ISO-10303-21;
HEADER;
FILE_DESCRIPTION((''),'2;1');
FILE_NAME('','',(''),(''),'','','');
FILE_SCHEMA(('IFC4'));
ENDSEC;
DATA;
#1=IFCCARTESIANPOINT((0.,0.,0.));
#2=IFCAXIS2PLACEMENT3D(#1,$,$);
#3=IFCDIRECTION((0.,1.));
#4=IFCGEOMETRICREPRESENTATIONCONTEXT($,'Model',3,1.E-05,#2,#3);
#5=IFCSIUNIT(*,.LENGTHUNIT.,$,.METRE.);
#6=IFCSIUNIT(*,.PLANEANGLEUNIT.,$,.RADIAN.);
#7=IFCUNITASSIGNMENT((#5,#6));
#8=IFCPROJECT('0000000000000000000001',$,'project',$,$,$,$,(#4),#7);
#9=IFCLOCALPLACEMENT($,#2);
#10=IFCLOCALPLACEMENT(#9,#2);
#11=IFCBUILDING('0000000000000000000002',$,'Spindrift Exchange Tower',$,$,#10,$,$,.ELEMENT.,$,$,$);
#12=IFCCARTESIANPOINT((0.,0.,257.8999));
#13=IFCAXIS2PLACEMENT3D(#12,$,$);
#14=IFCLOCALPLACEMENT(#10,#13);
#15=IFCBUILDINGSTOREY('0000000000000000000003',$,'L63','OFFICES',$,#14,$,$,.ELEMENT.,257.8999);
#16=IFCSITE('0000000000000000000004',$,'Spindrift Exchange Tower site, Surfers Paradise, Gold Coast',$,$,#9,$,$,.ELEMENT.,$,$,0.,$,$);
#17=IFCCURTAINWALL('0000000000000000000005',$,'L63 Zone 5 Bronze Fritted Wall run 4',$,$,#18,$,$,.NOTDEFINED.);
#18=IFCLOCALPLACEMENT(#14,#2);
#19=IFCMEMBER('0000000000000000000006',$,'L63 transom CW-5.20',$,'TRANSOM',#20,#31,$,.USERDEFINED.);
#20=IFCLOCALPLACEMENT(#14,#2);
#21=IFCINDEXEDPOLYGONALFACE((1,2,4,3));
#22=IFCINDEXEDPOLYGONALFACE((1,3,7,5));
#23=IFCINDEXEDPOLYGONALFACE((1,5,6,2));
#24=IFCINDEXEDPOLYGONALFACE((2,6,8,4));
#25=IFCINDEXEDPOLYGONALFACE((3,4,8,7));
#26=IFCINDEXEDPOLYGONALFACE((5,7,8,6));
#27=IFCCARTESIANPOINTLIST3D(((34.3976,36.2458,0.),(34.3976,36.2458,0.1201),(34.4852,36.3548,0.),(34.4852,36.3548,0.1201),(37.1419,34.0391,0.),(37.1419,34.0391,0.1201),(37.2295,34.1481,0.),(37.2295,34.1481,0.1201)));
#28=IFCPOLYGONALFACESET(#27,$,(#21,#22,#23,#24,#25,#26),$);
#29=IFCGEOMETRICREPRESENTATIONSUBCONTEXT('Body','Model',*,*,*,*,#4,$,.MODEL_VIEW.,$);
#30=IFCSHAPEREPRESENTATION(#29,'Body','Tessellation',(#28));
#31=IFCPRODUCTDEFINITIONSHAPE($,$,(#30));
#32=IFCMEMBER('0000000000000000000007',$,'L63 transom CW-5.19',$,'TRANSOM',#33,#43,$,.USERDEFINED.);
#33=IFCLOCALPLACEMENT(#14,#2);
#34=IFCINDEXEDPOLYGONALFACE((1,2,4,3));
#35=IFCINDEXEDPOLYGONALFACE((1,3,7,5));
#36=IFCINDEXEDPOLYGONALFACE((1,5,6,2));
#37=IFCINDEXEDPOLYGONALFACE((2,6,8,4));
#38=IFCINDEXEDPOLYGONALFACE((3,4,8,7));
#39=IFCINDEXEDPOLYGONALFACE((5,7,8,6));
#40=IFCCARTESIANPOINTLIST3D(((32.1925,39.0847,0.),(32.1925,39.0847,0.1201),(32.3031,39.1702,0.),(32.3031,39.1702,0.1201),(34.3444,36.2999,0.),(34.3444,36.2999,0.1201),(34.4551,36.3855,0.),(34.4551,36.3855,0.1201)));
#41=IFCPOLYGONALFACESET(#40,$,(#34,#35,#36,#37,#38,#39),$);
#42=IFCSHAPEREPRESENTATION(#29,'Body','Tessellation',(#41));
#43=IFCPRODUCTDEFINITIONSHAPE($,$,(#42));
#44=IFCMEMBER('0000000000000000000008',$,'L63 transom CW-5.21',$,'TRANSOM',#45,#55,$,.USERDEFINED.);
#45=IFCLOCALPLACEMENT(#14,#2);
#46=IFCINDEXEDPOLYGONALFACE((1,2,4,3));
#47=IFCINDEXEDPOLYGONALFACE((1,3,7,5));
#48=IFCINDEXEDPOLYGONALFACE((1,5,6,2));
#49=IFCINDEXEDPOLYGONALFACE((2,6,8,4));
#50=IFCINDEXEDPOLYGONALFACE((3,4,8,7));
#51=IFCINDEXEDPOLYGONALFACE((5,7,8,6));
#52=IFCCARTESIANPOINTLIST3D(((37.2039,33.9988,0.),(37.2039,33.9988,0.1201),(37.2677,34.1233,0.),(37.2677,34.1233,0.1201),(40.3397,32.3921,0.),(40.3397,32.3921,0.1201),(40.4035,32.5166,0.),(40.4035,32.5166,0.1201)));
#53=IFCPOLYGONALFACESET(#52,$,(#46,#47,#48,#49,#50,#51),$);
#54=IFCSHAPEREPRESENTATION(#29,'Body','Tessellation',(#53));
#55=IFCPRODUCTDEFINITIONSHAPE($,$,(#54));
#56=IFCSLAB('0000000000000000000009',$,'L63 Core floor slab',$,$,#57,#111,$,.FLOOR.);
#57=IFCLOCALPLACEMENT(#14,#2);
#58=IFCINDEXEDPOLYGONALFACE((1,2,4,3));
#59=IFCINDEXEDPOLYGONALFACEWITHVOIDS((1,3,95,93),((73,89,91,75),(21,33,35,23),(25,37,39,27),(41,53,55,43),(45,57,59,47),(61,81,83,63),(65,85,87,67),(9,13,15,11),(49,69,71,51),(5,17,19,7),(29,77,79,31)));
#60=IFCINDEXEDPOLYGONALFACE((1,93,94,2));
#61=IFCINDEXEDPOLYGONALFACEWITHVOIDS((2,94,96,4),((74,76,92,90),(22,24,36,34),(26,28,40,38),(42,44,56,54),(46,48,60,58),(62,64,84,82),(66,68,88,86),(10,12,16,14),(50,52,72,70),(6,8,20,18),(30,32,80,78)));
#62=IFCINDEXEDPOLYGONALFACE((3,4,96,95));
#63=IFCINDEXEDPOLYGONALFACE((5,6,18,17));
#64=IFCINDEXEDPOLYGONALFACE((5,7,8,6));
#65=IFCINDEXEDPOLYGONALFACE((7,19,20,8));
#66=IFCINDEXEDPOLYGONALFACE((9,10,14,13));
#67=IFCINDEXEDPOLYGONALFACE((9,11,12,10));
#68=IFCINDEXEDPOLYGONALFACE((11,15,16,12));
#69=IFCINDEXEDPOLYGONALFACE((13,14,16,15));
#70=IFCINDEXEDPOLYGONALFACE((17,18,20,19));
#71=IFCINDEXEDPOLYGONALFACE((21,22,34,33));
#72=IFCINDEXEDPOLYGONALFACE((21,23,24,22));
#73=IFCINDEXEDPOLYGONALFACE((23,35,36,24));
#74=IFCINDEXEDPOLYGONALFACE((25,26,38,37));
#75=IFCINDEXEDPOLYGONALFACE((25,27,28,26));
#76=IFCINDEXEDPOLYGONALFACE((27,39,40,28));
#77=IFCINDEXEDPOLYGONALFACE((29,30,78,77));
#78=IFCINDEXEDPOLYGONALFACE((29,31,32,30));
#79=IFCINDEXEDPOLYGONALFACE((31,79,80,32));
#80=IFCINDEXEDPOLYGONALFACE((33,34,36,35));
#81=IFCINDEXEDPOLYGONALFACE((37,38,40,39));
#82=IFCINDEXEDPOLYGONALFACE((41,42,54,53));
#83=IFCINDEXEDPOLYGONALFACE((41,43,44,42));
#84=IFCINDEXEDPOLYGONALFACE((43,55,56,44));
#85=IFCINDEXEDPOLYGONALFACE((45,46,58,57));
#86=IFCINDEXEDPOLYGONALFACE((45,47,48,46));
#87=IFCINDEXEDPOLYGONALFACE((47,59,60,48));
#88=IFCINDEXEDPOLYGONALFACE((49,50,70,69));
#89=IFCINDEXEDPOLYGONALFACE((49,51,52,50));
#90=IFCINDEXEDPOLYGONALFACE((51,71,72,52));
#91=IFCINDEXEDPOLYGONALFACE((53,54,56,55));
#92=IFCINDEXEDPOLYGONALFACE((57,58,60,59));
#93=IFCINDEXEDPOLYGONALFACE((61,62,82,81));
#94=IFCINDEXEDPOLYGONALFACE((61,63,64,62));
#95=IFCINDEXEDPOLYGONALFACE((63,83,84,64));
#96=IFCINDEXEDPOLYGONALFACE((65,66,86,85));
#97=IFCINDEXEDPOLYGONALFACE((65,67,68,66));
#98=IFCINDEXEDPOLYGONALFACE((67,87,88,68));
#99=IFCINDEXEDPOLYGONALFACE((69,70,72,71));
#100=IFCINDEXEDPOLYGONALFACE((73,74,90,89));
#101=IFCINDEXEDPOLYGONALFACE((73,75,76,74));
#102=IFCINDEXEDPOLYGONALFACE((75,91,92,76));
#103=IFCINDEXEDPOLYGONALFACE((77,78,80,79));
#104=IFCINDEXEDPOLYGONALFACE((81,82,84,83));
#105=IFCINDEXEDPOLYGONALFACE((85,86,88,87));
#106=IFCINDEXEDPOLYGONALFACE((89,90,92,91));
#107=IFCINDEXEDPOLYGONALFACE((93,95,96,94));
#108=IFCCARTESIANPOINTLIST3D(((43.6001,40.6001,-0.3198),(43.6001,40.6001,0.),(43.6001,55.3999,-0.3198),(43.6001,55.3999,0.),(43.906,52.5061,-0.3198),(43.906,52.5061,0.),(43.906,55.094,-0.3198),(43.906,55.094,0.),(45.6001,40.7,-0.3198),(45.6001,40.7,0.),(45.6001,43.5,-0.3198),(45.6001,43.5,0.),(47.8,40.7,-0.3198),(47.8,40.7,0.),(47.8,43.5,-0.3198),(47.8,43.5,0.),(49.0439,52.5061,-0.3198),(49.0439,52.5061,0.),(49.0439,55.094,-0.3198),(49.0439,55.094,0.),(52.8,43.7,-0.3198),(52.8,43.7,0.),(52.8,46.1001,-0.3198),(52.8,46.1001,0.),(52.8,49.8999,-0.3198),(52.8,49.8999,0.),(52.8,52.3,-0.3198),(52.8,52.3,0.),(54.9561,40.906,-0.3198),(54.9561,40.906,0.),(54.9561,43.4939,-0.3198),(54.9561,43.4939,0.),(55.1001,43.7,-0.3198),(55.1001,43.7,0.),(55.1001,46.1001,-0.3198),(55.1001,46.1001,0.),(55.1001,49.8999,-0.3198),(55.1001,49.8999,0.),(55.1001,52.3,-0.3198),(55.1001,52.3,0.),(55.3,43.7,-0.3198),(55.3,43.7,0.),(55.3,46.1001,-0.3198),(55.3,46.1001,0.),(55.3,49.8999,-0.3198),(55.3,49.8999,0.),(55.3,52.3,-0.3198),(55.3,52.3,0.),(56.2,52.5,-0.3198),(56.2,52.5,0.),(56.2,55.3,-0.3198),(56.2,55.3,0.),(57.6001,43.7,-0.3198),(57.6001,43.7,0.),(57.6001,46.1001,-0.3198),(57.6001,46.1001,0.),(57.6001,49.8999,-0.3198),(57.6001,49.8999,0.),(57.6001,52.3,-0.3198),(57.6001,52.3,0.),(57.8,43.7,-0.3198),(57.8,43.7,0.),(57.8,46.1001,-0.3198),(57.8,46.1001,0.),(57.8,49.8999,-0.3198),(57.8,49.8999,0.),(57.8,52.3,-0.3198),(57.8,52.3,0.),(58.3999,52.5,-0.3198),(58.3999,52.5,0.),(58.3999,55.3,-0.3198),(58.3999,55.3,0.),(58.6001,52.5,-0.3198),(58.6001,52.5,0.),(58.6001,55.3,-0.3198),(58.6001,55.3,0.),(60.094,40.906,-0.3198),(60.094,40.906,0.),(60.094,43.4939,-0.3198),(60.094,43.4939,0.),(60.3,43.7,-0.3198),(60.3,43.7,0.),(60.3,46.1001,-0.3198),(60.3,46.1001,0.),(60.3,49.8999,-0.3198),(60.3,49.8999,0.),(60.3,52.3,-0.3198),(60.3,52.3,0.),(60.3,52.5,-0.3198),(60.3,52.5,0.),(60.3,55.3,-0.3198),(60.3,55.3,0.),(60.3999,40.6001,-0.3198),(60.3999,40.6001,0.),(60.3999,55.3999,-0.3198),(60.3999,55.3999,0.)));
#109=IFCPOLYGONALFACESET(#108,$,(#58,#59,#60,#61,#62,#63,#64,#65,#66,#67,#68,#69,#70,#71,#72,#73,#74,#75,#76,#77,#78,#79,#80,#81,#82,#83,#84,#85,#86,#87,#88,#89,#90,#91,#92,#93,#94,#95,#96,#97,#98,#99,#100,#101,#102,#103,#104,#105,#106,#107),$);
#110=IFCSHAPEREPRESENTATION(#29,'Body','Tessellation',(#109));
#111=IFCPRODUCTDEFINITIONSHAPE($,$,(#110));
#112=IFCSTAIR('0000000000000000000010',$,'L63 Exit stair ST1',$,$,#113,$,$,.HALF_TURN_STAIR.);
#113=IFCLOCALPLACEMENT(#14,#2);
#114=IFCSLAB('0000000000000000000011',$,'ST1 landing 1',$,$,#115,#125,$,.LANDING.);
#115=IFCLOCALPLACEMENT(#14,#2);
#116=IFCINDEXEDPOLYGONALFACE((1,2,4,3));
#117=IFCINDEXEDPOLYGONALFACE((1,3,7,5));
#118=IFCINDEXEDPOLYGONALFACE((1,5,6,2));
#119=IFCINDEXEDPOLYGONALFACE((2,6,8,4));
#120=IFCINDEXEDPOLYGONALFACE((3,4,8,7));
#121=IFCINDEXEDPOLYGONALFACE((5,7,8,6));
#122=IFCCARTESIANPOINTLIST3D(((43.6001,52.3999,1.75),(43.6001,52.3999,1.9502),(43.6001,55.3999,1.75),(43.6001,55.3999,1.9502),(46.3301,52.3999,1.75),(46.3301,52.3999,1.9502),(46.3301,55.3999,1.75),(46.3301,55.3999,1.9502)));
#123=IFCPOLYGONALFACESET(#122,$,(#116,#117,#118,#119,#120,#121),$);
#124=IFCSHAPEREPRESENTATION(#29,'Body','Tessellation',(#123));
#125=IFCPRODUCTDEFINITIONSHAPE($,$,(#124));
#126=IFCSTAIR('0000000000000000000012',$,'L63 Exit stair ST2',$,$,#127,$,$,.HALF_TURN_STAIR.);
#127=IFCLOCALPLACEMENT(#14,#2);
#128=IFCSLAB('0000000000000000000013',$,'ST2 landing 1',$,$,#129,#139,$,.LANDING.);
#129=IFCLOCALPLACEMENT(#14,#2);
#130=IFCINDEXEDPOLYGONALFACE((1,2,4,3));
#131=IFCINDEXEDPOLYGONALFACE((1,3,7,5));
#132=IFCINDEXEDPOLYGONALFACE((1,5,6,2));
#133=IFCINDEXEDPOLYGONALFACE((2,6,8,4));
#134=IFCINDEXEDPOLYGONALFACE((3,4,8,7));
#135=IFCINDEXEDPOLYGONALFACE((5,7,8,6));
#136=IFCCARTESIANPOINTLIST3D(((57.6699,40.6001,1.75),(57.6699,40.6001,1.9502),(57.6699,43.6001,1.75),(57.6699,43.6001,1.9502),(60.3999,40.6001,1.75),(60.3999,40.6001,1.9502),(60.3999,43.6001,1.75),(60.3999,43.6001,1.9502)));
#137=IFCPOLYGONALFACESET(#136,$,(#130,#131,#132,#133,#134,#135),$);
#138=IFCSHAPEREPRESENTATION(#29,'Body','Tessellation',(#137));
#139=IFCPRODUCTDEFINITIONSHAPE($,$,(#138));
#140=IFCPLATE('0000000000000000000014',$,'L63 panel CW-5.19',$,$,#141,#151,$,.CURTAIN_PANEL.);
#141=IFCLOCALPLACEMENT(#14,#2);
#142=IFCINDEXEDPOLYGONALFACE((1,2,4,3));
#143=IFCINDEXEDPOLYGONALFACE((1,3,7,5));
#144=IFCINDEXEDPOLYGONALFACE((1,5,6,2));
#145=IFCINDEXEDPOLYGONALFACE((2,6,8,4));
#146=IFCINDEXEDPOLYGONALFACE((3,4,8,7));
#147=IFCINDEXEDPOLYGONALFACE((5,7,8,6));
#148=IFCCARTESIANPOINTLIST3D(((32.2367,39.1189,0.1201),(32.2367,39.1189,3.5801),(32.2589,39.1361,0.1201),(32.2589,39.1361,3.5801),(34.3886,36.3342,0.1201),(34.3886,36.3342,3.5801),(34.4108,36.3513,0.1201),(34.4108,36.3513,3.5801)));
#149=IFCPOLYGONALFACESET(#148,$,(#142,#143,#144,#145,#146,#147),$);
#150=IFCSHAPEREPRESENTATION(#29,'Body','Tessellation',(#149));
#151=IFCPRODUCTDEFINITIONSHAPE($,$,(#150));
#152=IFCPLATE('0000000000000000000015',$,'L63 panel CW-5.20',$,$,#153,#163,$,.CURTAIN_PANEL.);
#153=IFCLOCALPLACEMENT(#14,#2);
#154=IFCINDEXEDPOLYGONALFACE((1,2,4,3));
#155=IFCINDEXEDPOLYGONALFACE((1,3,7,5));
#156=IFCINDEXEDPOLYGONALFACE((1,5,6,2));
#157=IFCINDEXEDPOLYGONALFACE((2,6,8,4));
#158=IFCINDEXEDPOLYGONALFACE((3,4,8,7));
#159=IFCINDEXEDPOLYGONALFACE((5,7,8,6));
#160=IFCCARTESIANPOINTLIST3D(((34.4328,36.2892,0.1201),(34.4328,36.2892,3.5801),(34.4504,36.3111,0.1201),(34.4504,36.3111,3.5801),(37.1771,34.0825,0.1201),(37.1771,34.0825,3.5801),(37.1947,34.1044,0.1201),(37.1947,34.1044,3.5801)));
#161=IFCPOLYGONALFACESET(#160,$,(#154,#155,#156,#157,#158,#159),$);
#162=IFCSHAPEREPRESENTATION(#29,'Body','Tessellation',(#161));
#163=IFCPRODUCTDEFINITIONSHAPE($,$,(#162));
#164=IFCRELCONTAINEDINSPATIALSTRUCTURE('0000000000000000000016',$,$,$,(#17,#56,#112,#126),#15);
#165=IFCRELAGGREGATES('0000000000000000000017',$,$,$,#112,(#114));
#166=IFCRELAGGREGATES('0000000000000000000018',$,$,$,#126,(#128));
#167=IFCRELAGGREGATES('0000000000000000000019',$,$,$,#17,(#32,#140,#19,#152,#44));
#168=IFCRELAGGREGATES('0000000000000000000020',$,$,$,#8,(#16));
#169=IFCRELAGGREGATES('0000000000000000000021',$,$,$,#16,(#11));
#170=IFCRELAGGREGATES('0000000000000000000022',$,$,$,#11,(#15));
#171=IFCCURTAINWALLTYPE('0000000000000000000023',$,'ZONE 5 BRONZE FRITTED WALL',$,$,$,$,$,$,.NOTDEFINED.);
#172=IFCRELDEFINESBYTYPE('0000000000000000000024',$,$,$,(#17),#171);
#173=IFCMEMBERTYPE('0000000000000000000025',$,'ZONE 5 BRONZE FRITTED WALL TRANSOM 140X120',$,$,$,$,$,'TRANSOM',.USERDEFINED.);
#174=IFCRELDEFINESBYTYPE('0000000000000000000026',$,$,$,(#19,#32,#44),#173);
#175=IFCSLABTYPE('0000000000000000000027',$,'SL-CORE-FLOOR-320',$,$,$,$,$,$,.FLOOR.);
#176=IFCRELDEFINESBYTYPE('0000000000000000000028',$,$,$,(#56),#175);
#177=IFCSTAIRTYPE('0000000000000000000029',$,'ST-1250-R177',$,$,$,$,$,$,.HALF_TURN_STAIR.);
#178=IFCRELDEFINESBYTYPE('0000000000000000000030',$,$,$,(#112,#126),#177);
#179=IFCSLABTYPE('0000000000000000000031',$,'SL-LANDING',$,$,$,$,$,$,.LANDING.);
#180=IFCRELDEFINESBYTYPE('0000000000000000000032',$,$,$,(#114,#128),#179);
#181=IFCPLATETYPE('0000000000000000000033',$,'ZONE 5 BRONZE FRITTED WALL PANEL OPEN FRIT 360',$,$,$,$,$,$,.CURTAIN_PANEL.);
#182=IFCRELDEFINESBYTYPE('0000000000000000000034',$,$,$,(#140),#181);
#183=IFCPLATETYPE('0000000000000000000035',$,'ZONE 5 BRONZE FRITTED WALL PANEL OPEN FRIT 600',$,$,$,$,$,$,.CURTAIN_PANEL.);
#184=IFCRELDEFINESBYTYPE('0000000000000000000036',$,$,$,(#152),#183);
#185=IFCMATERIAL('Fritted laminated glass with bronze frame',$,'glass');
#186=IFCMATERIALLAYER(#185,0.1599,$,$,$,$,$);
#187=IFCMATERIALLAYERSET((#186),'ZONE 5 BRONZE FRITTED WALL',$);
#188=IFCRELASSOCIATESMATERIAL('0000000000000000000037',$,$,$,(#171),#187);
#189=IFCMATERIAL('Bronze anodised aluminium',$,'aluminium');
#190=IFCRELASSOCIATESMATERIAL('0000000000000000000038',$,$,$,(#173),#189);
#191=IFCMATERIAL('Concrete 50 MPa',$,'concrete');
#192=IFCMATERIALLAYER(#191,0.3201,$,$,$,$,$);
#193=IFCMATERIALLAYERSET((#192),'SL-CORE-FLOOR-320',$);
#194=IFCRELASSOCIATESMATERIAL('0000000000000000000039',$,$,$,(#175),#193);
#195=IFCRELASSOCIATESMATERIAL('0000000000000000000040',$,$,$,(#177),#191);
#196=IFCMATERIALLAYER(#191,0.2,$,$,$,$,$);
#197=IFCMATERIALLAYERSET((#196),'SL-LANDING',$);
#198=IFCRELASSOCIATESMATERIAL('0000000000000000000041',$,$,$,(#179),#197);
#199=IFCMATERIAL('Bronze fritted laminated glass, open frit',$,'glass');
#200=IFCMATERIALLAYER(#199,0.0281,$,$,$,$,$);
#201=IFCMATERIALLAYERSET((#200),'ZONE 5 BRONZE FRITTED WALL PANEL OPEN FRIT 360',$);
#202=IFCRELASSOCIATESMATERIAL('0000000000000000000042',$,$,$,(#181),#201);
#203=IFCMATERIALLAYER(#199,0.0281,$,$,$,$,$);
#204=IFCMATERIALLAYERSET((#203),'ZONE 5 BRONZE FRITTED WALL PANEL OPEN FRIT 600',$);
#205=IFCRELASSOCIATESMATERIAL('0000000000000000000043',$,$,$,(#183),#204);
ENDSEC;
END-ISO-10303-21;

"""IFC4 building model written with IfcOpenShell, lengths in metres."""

from ifc_helpers import new_model, si_unit, direction, frame, origin, origin_2d, place, context, subcontext, project, spatial, line, indexed_curve, rectangle, outline, extrude, source, transform, mapped, material, layer, layer_set, material_profile, profile_set, type_object, element, aggregate, save


model = new_model("IFC4")

# Units and contexts
model_context = context("Model", 3, precision=1e-05, world=origin(), true_north=direction((0.0, 1.0)))
body_context = subcontext(model_context, "Body", "Model", "MODEL_VIEW")
ifc_project = project(units=[si_unit("LENGTHUNIT", "METRE"), si_unit("PLANEANGLEUNIT", "RADIAN")], contexts=[model_context])

# Site, building, storey
site_placement = place(None, origin())
site = spatial("IfcSite", under=ifc_project, at=site_placement, Name="Spindrift Exchange Tower site, Surfers Paradise, Gold Coast", CompositionType="ELEMENT", RefElevation=0.0)
building_placement = place(site_placement, origin())
building = spatial("IfcBuilding", under=site, at=building_placement, Name="Spindrift Exchange Tower", CompositionType="ELEMENT")
storey_placement = place(building_placement, frame((0.0, 0.0, 257.8999)))
storey = spatial("IfcBuildingStorey", under=building, at=storey_placement, Name="L63", Description="OFFICES", CompositionType="ELEMENT", Elevation=257.8999)

# Curtain wall, members
ifc_material_1 = material(Name="Fritted laminated glass with bronze frame", Category="glass")
ifc_layer_1 = layer(ifc_material_1, 0.1599)
ifc_layer_set_1 = layer_set([ifc_layer_1], Name="ZONE 5 BRONZE FRITTED WALL")
curtain_wall_type = type_object("IfcCurtainWallType", Name="ZONE 5 BRONZE FRITTED WALL", PredefinedType="NOTDEFINED", material=ifc_layer_set_1)
curtain_wall_placement = place(storey_placement, origin())
curtain_wall = element("IfcCurtainWall", 1, at=curtain_wall_placement, inside=storey, type_object=curtain_wall_type, Name="L63 Zone 5 Bronze Fritted Wall run 4", PredefinedType="NOTDEFINED")
ifc_material_2 = material(Name="Bronze anodised aluminium", Category="aluminium")
ifc_material_profile_1 = material_profile(ifc_material_2, rectangle(XDim=0.1399, YDim=0.1201, at=origin_2d()), Name="ZONE 5 BRONZE FRITTED WALL TRANSOM 140X120")
ifc_profile_set_1 = profile_set([ifc_material_profile_1], Name="Bronze anodised aluminium")
member_type_1 = type_object("IfcMemberType", Name="ZONE 5 BRONZE FRITTED WALL TRANSOM 140X120", ElementType="TRANSOM", PredefinedType="USERDEFINED", material=ifc_profile_set_1)
shared_shape_1 = source(origin(), body_context, "Body", "SweptSolid", [
    extrude(rectangle(XDim=0.1399, YDim=0.1201, at=origin_2d()), origin(), (0.0, 0.0, 1.0), 3.5215),
])
member_1_placement = place(storey_placement, frame((34.4414, 36.3003, 0.0601), z_axis=(0.779304, -0.626646, 0.0), x_axis=(0.626646, 0.779304, 0.0)))
member_1 = element("IfcMember", 2, at=member_1_placement, type_object=member_type_1, Name="L63 transom CW-5.20", ObjectType="TRANSOM", PredefinedType="USERDEFINED", context=body_context, shape_type="MappedRepresentation", body=[
    mapped(shared_shape_1, transform((0.0, 0.0, 0.0), scale=1.0)),
])
shared_shape_2 = source(origin(), body_context, "Body", "SweptSolid", [
    extrude(rectangle(XDim=0.1399, YDim=0.1201, at=origin_2d()), origin(), (0.0, 0.0, 1.0), 3.5193),
])
member_2_placement = place(storey_placement, frame((32.2478, 39.1274, 0.0601), z_axis=(0.611459, -0.791276, 0.0), x_axis=(0.791276, 0.611459, 0.0)))
member_2 = element("IfcMember", 3, at=member_2_placement, type_object=member_type_1, Name="L63 transom CW-5.19", ObjectType="TRANSOM", PredefinedType="USERDEFINED", context=body_context, shape_type="MappedRepresentation", body=[
    mapped(shared_shape_2, transform((0.0, 0.0, 0.0), scale=1.0)),
])
shared_shape_3 = source(origin(), body_context, "Body", "SweptSolid", [
    extrude(rectangle(XDim=0.1399, YDim=0.1201, at=origin_2d()), origin(), (0.0, 0.0, 1.0), 3.5234),
])
member_3_placement = place(storey_placement, frame((37.2358, 34.061, 0.0601), z_axis=(0.889977, -0.456006, 0.0), x_axis=(0.456006, 0.889977, 0.0)))
member_3 = element("IfcMember", 4, at=member_3_placement, type_object=member_type_1, Name="L63 transom CW-5.21", ObjectType="TRANSOM", PredefinedType="USERDEFINED", context=body_context, shape_type="MappedRepresentation", body=[
    mapped(shared_shape_3, transform((0.0, 0.0, 0.0), scale=1.0)),
])

# Slab
ifc_material_3 = material(Name="Concrete 50 MPa", Category="concrete")
ifc_layer_2 = layer(ifc_material_3, 0.3201)
ifc_layer_set_2 = layer_set([ifc_layer_2], Name="SL-CORE-FLOOR-320")
slab_type_1 = type_object("IfcSlabType", Name="SL-CORE-FLOOR-320", PredefinedType="FLOOR", material=ifc_layer_set_2)
slab_1_placement = place(storey_placement, frame((0.0, 0.0, -0.3198)))
element("IfcSlab", 5, at=slab_1_placement, inside=storey, type_object=slab_type_1, Name="L63 Core floor slab", PredefinedType="FLOOR", context=body_context, shape_type="SweptSolid", body=[
    extrude(outline(indexed_curve([(43.6001, 40.6001), (43.6001, 55.3999), (60.3999, 55.3999), (60.3999, 40.6001)], segments=[line(1, 2, 3, 4, 1)], self_intersect=False), holes=[indexed_curve([(45.6001, 43.5), (45.6001, 40.7), (47.8, 40.7), (47.8, 43.5)], segments=[line(1, 2, 3, 4, 1)], self_intersect=False), indexed_curve([(52.8, 46.1001), (52.8, 43.7), (55.1001, 43.7), (55.1001, 46.1001)], segments=[line(1, 2, 3, 4, 1)], self_intersect=False), indexed_curve([(55.3, 46.1001), (55.3, 43.7), (57.6001, 43.7), (57.6001, 46.1001)], segments=[line(1, 2, 3, 4, 1)], self_intersect=False), indexed_curve([(55.1001, 52.3), (52.8, 52.3), (52.8, 49.8999), (55.1001, 49.8999)], segments=[line(1, 2, 3, 4, 1)], self_intersect=False), indexed_curve([(57.6001, 52.3), (55.3, 52.3), (55.3, 49.8999), (57.6001, 49.8999)], segments=[line(1, 2, 3, 4, 1)], self_intersect=False), indexed_curve([(43.906, 52.5061), (49.0439, 52.5061), (49.0439, 55.094), (43.906, 55.094)], segments=[line(1, 2, 3, 4, 1)], self_intersect=False), indexed_curve([(60.094, 40.906), (60.094, 43.4939), (54.9561, 43.4939), (54.9561, 40.906)], segments=[line(1, 2, 3, 4, 1)], self_intersect=False), indexed_curve([(60.3, 46.1001), (57.8, 46.1001), (57.8, 43.7), (60.3, 43.7)], segments=[line(1, 2, 3, 4, 1)], self_intersect=False), indexed_curve([(57.8, 52.3), (57.8, 49.8999), (60.3, 49.8999), (60.3, 52.3)], segments=[line(1, 2, 3, 4, 1)], self_intersect=False), indexed_curve([(58.3999, 55.3), (56.2, 55.3), (56.2, 52.5), (58.3999, 52.5)], segments=[line(1, 2, 3, 4, 1)], self_intersect=False), indexed_curve([(60.3, 55.3), (58.6001, 55.3), (58.6001, 52.5), (60.3, 52.5)], segments=[line(1, 2, 3, 4, 1)], self_intersect=False)]), origin(), (0.0, 0.0, 1.0), 0.3198),
])

# Stairs, slabs
stair_type = type_object("IfcStairType", Name="ST-1250-R177", PredefinedType="HALF_TURN_STAIR", material=ifc_material_3)
stair_1_placement = place(storey_placement, origin())
stair_1 = element("IfcStair", 6, at=stair_1_placement, inside=storey, type_object=stair_type, Name="L63 Exit stair ST1", PredefinedType="HALF_TURN_STAIR")
ifc_layer_3 = layer(ifc_material_3, 0.2)
ifc_layer_set_3 = layer_set([ifc_layer_3], Name="SL-LANDING")
slab_type_2 = type_object("IfcSlabType", Name="SL-LANDING", PredefinedType="LANDING", material=ifc_layer_set_3)
slab_2_placement = place(storey_placement, frame((0.0, 0.0, 1.75)))
slab_2 = element("IfcSlab", 7, at=slab_2_placement, type_object=slab_type_2, Name="ST1 landing 1", PredefinedType="LANDING", context=body_context, shape_type="SweptSolid", body=[
    extrude(outline(indexed_curve([(46.3301, 52.3999), (43.6001, 52.3999), (43.6001, 55.3999), (46.3301, 55.3999)], segments=[line(1, 2, 3, 4, 1)], self_intersect=False)), origin(), (0.0, 0.0, 1.0), 0.2002),
])
aggregate(stair_1, [slab_2])
stair_2_placement = place(storey_placement, origin())
stair_2 = element("IfcStair", 8, at=stair_2_placement, inside=storey, type_object=stair_type, Name="L63 Exit stair ST2", PredefinedType="HALF_TURN_STAIR")
slab_3_placement = place(storey_placement, frame((0.0, 0.0, 1.75)))
slab_3 = element("IfcSlab", 9, at=slab_3_placement, type_object=slab_type_2, Name="ST2 landing 1", PredefinedType="LANDING", context=body_context, shape_type="SweptSolid", body=[
    extrude(outline(indexed_curve([(57.6699, 43.6001), (60.3999, 43.6001), (60.3999, 40.6001), (57.6699, 40.6001)], segments=[line(1, 2, 3, 4, 1)], self_intersect=False)), origin(), (0.0, 0.0, 1.0), 0.2002),
])
aggregate(stair_2, [slab_3])

# Plates
ifc_material_4 = material(Name="Bronze fritted laminated glass, open frit", Category="glass")
ifc_layer_4 = layer(ifc_material_4, 0.0281)
ifc_layer_set_4 = layer_set([ifc_layer_4], Name="ZONE 5 BRONZE FRITTED WALL PANEL OPEN FRIT 360")
plate_type_1 = type_object("IfcPlateType", Name="ZONE 5 BRONZE FRITTED WALL PANEL OPEN FRIT 360", PredefinedType="CURTAIN_PANEL", material=ifc_layer_set_4)
shared_shape_4 = source(origin(), body_context, "Body", "SweptSolid", [
    extrude(rectangle(XDim=3.5193, YDim=0.0281, at=origin_2d()), origin(), (0.0, 0.0, 1.0), 3.46),
])
plate_1_placement = place(storey_placement, frame((33.3237, 37.7351, 0.1201), z_axis=(0.0, 0.0, 1.0), x_axis=(0.611462, -0.791274, 0.0)))
plate_1 = element("IfcPlate", 10, at=plate_1_placement, type_object=plate_type_1, Name="L63 panel CW-5.19", PredefinedType="CURTAIN_PANEL", context=body_context, shape_type="MappedRepresentation", body=[
    mapped(shared_shape_4, transform((0.0, 0.0, 0.0), scale=1.0)),
])
ifc_layer_5 = layer(ifc_material_4, 0.0281)
ifc_layer_set_5 = layer_set([ifc_layer_5], Name="ZONE 5 BRONZE FRITTED WALL PANEL OPEN FRIT 600")
plate_type_2 = type_object("IfcPlateType", Name="ZONE 5 BRONZE FRITTED WALL PANEL OPEN FRIT 600", PredefinedType="CURTAIN_PANEL", material=ifc_layer_set_5)
shared_shape_5 = source(origin(), body_context, "Body", "SweptSolid", [
    extrude(rectangle(XDim=3.5215, YDim=0.0281, at=origin_2d()), origin(), (0.0, 0.0, 1.0), 3.46),
])
plate_2_placement = place(storey_placement, frame((35.8137, 35.1968, 0.1201), z_axis=(0.0, 0.0, 1.0), x_axis=(0.779311, -0.626638, 0.0)))
plate_2 = element("IfcPlate", 11, at=plate_2_placement, type_object=plate_type_2, Name="L63 panel CW-5.20", PredefinedType="CURTAIN_PANEL", context=body_context, shape_type="MappedRepresentation", body=[
    mapped(shared_shape_5, transform((0.0, 0.0, 0.0), scale=1.0)),
])
aggregate(curtain_wall, [member_2, plate_1, member_1, plate_2, member_3])

save(model, "model.ifc")
